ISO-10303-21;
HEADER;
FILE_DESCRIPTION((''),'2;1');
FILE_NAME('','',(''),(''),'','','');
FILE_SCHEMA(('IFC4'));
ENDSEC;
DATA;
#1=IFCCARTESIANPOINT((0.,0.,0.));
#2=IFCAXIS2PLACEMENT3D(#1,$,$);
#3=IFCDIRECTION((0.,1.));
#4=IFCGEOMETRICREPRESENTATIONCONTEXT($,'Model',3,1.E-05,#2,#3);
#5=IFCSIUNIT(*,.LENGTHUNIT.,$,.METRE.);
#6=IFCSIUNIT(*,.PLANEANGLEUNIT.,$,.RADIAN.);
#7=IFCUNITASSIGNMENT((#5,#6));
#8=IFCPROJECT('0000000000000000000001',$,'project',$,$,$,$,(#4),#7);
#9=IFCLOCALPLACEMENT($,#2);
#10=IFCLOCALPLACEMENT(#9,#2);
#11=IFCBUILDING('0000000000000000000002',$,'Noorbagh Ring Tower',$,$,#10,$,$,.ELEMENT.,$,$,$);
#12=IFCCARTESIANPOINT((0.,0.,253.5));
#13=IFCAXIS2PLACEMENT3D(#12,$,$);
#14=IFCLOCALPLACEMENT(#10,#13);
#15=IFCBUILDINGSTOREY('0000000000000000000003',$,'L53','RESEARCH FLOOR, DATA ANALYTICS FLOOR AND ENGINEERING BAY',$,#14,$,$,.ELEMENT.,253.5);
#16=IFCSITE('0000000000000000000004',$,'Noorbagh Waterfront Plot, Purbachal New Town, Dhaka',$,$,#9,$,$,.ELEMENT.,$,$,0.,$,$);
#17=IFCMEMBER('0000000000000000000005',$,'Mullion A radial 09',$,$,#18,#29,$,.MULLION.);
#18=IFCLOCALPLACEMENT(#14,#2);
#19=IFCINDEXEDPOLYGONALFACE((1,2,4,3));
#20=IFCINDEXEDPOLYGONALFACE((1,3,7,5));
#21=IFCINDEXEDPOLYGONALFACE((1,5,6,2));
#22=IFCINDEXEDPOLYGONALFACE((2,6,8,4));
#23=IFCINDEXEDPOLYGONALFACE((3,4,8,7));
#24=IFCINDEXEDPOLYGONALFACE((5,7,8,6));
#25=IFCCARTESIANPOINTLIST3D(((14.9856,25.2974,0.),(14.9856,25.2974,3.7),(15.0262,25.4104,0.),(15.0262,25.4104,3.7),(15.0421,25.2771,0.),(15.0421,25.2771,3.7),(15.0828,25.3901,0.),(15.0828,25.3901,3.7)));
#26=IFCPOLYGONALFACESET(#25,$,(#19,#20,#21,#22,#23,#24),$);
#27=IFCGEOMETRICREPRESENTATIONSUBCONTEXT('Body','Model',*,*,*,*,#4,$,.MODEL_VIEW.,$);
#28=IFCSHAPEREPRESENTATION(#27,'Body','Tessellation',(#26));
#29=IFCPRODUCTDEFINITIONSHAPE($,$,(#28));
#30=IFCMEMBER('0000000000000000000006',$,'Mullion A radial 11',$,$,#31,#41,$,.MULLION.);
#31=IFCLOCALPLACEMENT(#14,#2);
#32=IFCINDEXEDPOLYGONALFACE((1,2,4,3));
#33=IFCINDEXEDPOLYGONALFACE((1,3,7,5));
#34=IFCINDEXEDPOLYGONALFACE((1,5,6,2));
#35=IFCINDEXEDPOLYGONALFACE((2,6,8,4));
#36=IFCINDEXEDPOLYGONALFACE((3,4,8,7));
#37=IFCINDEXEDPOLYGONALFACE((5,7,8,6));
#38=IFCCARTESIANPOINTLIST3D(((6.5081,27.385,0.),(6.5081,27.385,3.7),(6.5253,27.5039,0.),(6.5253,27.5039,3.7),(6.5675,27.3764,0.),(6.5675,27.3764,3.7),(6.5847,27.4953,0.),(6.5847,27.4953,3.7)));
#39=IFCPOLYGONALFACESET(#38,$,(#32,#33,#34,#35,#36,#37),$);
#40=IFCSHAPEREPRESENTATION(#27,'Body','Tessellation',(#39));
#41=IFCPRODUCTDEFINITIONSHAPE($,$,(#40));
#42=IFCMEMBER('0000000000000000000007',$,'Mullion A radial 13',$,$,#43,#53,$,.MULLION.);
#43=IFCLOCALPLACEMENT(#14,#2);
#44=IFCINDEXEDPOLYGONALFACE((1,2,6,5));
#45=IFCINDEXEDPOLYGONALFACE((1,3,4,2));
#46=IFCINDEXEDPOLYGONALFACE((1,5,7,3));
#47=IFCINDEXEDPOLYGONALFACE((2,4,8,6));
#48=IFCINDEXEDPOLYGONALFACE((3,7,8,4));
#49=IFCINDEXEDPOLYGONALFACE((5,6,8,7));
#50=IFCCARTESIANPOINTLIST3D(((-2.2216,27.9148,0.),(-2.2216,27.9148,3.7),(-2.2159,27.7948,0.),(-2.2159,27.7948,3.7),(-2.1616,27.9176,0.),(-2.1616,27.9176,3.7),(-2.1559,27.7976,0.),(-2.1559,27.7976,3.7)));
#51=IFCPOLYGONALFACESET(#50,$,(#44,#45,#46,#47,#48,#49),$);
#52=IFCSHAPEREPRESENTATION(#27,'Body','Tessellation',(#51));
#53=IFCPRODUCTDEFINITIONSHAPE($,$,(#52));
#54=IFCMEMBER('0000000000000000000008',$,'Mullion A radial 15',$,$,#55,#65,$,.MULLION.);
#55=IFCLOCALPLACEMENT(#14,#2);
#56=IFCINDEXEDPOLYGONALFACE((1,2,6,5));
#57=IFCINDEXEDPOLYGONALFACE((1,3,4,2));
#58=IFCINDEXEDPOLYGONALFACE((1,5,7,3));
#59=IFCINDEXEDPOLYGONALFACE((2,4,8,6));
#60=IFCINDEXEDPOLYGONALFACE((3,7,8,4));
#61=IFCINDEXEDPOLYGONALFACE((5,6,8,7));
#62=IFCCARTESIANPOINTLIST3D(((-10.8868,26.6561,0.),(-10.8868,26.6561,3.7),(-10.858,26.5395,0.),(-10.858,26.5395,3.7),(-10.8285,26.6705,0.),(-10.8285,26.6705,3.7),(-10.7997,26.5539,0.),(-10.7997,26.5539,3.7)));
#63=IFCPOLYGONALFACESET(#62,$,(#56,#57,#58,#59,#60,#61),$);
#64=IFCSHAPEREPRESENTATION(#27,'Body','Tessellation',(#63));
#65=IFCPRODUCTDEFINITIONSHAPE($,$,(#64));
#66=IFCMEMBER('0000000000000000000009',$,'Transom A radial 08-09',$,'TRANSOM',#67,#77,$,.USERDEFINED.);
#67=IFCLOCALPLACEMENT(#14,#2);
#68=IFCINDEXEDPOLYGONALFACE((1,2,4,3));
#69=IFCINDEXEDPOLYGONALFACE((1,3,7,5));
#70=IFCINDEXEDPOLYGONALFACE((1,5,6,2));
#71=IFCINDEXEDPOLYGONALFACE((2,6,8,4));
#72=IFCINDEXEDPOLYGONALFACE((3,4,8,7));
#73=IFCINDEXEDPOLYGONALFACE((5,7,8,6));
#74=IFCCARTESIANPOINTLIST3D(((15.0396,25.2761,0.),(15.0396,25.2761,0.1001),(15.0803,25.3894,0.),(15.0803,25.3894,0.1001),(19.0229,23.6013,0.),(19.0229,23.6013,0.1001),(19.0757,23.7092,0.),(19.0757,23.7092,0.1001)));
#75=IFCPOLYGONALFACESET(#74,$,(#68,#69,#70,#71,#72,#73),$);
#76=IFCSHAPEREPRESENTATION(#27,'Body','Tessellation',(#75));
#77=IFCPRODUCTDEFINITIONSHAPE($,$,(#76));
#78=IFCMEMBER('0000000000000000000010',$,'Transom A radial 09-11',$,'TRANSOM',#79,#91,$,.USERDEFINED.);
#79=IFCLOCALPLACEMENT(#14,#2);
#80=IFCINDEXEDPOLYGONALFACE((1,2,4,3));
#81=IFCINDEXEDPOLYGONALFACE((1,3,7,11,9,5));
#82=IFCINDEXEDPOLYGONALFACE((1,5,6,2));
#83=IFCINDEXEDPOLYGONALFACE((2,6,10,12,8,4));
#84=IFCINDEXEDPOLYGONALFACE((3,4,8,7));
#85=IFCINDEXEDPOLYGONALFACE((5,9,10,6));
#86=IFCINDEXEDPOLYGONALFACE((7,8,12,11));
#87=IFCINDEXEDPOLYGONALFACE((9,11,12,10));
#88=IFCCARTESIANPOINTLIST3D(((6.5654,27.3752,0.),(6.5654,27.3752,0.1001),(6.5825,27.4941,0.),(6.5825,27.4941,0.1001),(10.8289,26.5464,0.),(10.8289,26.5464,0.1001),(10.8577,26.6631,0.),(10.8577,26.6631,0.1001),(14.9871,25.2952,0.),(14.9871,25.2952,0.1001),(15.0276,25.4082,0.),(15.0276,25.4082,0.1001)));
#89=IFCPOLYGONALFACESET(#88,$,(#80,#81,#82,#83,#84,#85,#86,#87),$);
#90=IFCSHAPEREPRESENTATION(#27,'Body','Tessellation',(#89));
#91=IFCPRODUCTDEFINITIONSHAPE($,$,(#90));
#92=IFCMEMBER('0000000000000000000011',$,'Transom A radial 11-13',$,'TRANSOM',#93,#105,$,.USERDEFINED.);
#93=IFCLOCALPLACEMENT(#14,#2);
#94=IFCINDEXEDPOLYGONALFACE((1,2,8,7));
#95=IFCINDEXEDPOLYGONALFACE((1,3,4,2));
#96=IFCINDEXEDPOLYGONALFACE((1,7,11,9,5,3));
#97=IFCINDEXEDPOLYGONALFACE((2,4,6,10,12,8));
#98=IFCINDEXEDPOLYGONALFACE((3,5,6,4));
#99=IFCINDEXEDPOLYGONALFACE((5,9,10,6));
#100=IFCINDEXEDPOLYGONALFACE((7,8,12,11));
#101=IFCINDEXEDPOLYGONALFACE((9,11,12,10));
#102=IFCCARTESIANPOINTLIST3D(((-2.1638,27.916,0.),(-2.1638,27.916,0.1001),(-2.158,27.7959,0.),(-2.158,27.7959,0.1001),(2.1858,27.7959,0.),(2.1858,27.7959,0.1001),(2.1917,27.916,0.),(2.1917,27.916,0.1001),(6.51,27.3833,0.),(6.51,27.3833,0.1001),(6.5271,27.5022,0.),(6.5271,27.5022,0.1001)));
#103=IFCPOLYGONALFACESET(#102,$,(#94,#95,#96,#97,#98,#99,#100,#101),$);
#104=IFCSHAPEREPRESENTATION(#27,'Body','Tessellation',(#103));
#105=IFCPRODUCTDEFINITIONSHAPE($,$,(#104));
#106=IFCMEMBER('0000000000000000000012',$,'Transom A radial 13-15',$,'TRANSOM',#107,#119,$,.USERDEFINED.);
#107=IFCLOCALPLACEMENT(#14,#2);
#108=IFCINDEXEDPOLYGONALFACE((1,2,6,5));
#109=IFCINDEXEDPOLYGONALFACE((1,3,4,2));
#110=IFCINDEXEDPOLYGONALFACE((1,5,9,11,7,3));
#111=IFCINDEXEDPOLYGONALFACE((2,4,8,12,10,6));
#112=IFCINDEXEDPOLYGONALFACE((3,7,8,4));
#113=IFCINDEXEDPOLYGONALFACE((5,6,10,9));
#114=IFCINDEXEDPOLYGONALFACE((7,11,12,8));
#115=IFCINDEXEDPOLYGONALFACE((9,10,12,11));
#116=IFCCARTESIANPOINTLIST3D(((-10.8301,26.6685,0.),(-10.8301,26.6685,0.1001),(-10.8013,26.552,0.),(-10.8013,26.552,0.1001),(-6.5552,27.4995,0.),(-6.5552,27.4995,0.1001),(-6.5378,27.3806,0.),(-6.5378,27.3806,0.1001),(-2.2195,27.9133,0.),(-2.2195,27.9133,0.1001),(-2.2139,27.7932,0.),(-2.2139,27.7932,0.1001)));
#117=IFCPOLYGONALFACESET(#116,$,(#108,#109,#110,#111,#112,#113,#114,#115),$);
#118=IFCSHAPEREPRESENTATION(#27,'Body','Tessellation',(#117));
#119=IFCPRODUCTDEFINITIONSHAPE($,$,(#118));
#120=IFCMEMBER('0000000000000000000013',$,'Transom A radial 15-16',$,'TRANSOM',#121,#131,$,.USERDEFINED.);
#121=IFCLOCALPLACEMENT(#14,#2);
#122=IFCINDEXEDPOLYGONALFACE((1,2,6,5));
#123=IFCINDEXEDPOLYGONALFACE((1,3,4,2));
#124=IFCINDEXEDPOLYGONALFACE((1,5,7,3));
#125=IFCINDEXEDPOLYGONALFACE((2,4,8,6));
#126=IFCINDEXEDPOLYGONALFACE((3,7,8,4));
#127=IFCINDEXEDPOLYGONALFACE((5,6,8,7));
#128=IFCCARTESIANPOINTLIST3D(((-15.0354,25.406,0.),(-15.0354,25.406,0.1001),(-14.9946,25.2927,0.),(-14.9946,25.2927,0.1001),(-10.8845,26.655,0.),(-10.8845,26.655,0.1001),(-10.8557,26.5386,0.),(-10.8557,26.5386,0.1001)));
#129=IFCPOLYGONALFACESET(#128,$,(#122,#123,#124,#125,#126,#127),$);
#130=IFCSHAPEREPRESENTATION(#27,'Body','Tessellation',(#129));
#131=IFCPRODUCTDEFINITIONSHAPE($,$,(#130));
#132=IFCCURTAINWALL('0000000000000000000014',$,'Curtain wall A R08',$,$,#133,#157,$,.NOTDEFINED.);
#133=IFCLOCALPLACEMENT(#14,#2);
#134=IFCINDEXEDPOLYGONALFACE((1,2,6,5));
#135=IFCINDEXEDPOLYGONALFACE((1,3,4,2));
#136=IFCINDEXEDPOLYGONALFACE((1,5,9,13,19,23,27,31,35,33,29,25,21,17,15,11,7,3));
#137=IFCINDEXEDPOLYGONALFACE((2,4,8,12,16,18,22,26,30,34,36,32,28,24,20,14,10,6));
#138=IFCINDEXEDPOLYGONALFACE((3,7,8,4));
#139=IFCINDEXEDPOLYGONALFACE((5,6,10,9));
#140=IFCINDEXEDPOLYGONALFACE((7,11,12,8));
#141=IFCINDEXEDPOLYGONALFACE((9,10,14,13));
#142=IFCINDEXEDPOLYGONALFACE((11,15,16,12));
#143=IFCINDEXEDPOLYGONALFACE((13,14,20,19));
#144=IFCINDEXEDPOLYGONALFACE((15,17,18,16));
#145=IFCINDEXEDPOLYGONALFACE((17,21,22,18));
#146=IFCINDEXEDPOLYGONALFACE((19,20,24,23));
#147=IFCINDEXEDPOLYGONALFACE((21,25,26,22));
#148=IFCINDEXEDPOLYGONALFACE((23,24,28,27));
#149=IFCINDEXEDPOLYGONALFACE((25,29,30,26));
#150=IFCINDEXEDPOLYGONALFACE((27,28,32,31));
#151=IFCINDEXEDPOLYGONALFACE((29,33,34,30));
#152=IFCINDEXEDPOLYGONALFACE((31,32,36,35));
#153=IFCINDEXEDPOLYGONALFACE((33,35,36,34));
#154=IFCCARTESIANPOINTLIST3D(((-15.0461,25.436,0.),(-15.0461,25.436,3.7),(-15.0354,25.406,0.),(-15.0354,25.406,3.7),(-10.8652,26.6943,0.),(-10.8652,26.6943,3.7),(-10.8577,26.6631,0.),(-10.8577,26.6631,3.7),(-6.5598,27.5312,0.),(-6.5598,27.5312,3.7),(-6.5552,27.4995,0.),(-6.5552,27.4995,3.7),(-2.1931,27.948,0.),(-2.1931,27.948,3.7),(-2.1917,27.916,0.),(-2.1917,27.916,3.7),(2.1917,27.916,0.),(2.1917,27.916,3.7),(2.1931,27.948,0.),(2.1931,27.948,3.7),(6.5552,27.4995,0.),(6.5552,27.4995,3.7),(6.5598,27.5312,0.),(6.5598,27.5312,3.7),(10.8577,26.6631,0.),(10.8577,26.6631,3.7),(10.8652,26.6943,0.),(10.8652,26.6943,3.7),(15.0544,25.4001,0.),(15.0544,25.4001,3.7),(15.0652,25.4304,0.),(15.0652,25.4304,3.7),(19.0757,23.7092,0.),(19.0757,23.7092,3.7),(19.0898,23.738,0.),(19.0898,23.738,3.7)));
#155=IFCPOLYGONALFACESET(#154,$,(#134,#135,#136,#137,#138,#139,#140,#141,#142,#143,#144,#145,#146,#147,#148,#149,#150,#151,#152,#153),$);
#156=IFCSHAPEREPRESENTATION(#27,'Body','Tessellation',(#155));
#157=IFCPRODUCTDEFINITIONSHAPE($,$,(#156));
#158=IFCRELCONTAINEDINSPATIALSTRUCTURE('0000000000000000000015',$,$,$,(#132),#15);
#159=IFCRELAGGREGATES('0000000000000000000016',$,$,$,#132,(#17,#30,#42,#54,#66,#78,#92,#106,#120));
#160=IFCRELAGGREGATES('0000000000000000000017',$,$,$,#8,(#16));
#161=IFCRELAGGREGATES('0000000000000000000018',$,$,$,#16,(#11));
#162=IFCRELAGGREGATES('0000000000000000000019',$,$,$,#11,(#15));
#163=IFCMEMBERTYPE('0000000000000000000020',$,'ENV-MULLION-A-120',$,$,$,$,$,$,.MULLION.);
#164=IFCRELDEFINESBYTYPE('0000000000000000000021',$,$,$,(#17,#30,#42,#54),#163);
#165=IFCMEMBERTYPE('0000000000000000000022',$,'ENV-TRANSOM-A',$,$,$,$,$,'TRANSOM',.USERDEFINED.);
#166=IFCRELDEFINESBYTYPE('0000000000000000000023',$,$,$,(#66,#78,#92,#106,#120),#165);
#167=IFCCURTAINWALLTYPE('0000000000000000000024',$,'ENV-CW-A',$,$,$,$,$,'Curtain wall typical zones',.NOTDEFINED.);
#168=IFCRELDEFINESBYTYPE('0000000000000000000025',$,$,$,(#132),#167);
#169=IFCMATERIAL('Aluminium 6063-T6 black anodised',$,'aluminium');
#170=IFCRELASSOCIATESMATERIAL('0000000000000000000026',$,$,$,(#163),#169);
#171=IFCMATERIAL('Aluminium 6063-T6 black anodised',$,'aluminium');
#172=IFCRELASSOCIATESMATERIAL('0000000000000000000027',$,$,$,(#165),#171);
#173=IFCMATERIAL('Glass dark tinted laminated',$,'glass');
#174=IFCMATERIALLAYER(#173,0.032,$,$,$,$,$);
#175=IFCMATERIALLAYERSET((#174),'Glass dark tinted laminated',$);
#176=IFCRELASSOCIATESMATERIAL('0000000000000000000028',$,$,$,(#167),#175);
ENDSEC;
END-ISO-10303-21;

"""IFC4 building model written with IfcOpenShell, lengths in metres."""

from ifc_helpers import new_model, si_unit, direction, frame, origin, origin_2d, place, context, subcontext, project, spatial, polyline, rectangle, outline, extrude, material, layer, layer_set, material_profile, profile_set, type_object, element, aggregate, save


model = new_model("IFC4")

# Units and contexts
model_context = context("Model", 3, precision=1e-05, world=origin(), true_north=direction((0.0, 1.0)))
body_context = subcontext(model_context, "Body", "Model", "MODEL_VIEW")
ifc_project = project(units=[si_unit("LENGTHUNIT", "METRE"), si_unit("PLANEANGLEUNIT", "RADIAN")], contexts=[model_context])

# Members
ifc_material_1 = material(Name="Aluminium 6063-T6 black anodised", Category="aluminium")
ifc_material_profile = material_profile(ifc_material_1, rectangle(XDim=0.1201, YDim=0.0601, at=origin_2d()), Name="120x60")
ifc_profile_set = profile_set([ifc_material_profile], Name="Aluminium 6063-T6 black anodised")
member_type_1 = type_object("IfcMemberType", Name="ENV-MULLION-A-120", PredefinedType="MULLION", material=ifc_profile_set)
site_placement = place(None, origin())
building_placement = place(site_placement, origin())
storey_placement = place(building_placement, frame((0.0, 0.0, 253.5)))
member_1_placement = place(storey_placement, frame((15.0342, 25.3438, 0.0), z_axis=(0.0, 0.0, 1.0), x_axis=(-0.338379, -0.94101, 0.0)))
member_1 = element("IfcMember", 1, at=member_1_placement, type_object=member_type_1, Name="Mullion A radial 09", PredefinedType="MULLION", context=body_context, shape_type="SweptSolid", body=[
    extrude(rectangle(XDim=0.1201, YDim=0.0601, at=origin_2d()), origin(), (0.0, 0.0, 1.0), 3.7),
])
member_2_placement = place(storey_placement, frame((6.5464, 27.4402, 0.0), z_axis=(0.0, 0.0, 1.0), x_axis=(-0.143082, -0.989711, 0.0)))
member_2 = element("IfcMember", 2, at=member_2_placement, type_object=member_type_1, Name="Mullion A radial 11", PredefinedType="MULLION", context=body_context, shape_type="SweptSolid", body=[
    extrude(rectangle(XDim=0.1201, YDim=0.0601, at=origin_2d()), origin(), (0.0, 0.0, 1.0), 3.7),
])
member_3_placement = place(storey_placement, frame((-2.1887, 27.8562, 0.0), z_axis=(0.0, 0.0, 1.0), x_axis=(0.047558, -0.998868, 0.0)))
member_3 = element("IfcMember", 3, at=member_3_placement, type_object=member_type_1, Name="Mullion A radial 13", PredefinedType="MULLION", context=body_context, shape_type="SweptSolid", body=[
    extrude(rectangle(XDim=0.1201, YDim=0.0601, at=origin_2d()), origin(), (0.0, 0.0, 1.0), 3.7),
])
member_4_placement = place(storey_placement, frame((-10.8433, 26.605, 0.0), z_axis=(0.0, 0.0, 1.0), x_axis=(0.239799, -0.970823, 0.0)))
member_4 = element("IfcMember", 4, at=member_4_placement, type_object=member_type_1, Name="Mullion A radial 15", PredefinedType="MULLION", context=body_context, shape_type="SweptSolid", body=[
    extrude(rectangle(XDim=0.1201, YDim=0.0601, at=origin_2d()), origin(), (0.0, 0.0, 1.0), 3.7),
])
ifc_material_2 = material(Name="Aluminium 6063-T6 black anodised", Category="aluminium")
member_type_2 = type_object("IfcMemberType", Name="ENV-TRANSOM-A", ElementType="TRANSOM", PredefinedType="USERDEFINED", material=ifc_material_2)
member_5_placement = place(storey_placement, origin())
member_5 = element("IfcMember", 5, at=member_5_placement, type_object=member_type_2, Name="Transom A radial 08-09", ObjectType="TRANSOM", PredefinedType="USERDEFINED", context=body_context, shape_type="SweptSolid", body=[
    extrude(outline(polyline([(19.0757, 23.7092), (15.0803, 25.3894), (15.0396, 25.2761), (19.0229, 23.6013), (19.0757, 23.7092)])), origin(), (0.0, 0.0, 1.0), 0.1001),
])
member_6_placement = place(storey_placement, origin())
member_6 = element("IfcMember", 6, at=member_6_placement, type_object=member_type_2, Name="Transom A radial 09-11", ObjectType="TRANSOM", PredefinedType="USERDEFINED", context=body_context, shape_type="SweptSolid", body=[
    extrude(outline(polyline([(15.0276, 25.4082), (10.8577, 26.6631), (6.5825, 27.4941), (6.5654, 27.3752), (10.8289, 26.5464), (14.9871, 25.2952), (15.0276, 25.4082)])), origin(), (0.0, 0.0, 1.0), 0.1001),
])
member_7_placement = place(storey_placement, origin())
member_7 = element("IfcMember", 7, at=member_7_placement, type_object=member_type_2, Name="Transom A radial 11-13", ObjectType="TRANSOM", PredefinedType="USERDEFINED", context=body_context, shape_type="SweptSolid", body=[
    extrude(outline(polyline([(6.5271, 27.5022), (2.1917, 27.916), (-2.1638, 27.916), (-2.158, 27.7959), (2.1858, 27.7959), (6.51, 27.3833), (6.5271, 27.5022)])), origin(), (0.0, 0.0, 1.0), 0.1001),
])
member_8_placement = place(storey_placement, origin())
member_8 = element("IfcMember", 8, at=member_8_placement, type_object=member_type_2, Name="Transom A radial 13-15", ObjectType="TRANSOM", PredefinedType="USERDEFINED", context=body_context, shape_type="SweptSolid", body=[
    extrude(outline(polyline([(-2.2195, 27.9133), (-6.5552, 27.4995), (-10.8301, 26.6685), (-10.8013, 26.552), (-6.5378, 27.3806), (-2.2139, 27.7932), (-2.2195, 27.9133)])), origin(), (0.0, 0.0, 1.0), 0.1001),
])
member_9_placement = place(storey_placement, origin())
member_9 = element("IfcMember", 9, at=member_9_placement, type_object=member_type_2, Name="Transom A radial 15-16", ObjectType="TRANSOM", PredefinedType="USERDEFINED", context=body_context, shape_type="SweptSolid", body=[
    extrude(outline(polyline([(-10.8845, 26.655), (-15.0354, 25.406), (-14.9946, 25.2927), (-10.8557, 26.5386), (-10.8845, 26.655)])), origin(), (0.0, 0.0, 1.0), 0.1001),
])

# Site, building, storey
site = spatial("IfcSite", under=ifc_project, at=site_placement, Name="Noorbagh Waterfront Plot, Purbachal New Town, Dhaka", CompositionType="ELEMENT", RefElevation=0.0)
building = spatial("IfcBuilding", under=site, at=building_placement, Name="Noorbagh Ring Tower", CompositionType="ELEMENT")
storey = spatial("IfcBuildingStorey", under=building, at=storey_placement, Name="L53", Description="RESEARCH FLOOR, DATA ANALYTICS FLOOR AND ENGINEERING BAY", CompositionType="ELEMENT", Elevation=253.5)

# Curtain wall
ifc_material_3 = material(Name="Glass dark tinted laminated", Category="glass")
ifc_layer = layer(ifc_material_3, 0.032)
ifc_layer_set = layer_set([ifc_layer], Name="Glass dark tinted laminated")
curtain_wall_type = type_object("IfcCurtainWallType", Name="ENV-CW-A", ElementType="Curtain wall typical zones", PredefinedType="NOTDEFINED", material=ifc_layer_set)
curtain_wall_1_placement = place(storey_placement, origin())
curtain_wall_1 = element("IfcCurtainWall", 10, at=curtain_wall_1_placement, inside=storey, type_object=curtain_wall_type, Name="Curtain wall A R08", PredefinedType="NOTDEFINED", context=body_context, shape_type="SweptSolid", body=[
    extrude(outline(polyline([(19.0898, 23.738), (15.0652, 25.4304), (10.8652, 26.6943), (6.5598, 27.5312), (2.1931, 27.948), (-2.1931, 27.948), (-6.5598, 27.5312), (-10.8652, 26.6943), (-15.0461, 25.436), (-15.0354, 25.406), (-10.8577, 26.6631), (-6.5552, 27.4995), (-2.1917, 27.916), (2.1917, 27.916), (6.5552, 27.4995), (10.8577, 26.6631), (15.0544, 25.4001), (19.0757, 23.7092), (19.0898, 23.738)])), origin(), (0.0, 0.0, 1.0), 3.7),
])
aggregate(curtain_wall_1, [member_1, member_2, member_3, member_4, member_5, member_6, member_7, member_8, member_9])

save(model, "model.ifc")
